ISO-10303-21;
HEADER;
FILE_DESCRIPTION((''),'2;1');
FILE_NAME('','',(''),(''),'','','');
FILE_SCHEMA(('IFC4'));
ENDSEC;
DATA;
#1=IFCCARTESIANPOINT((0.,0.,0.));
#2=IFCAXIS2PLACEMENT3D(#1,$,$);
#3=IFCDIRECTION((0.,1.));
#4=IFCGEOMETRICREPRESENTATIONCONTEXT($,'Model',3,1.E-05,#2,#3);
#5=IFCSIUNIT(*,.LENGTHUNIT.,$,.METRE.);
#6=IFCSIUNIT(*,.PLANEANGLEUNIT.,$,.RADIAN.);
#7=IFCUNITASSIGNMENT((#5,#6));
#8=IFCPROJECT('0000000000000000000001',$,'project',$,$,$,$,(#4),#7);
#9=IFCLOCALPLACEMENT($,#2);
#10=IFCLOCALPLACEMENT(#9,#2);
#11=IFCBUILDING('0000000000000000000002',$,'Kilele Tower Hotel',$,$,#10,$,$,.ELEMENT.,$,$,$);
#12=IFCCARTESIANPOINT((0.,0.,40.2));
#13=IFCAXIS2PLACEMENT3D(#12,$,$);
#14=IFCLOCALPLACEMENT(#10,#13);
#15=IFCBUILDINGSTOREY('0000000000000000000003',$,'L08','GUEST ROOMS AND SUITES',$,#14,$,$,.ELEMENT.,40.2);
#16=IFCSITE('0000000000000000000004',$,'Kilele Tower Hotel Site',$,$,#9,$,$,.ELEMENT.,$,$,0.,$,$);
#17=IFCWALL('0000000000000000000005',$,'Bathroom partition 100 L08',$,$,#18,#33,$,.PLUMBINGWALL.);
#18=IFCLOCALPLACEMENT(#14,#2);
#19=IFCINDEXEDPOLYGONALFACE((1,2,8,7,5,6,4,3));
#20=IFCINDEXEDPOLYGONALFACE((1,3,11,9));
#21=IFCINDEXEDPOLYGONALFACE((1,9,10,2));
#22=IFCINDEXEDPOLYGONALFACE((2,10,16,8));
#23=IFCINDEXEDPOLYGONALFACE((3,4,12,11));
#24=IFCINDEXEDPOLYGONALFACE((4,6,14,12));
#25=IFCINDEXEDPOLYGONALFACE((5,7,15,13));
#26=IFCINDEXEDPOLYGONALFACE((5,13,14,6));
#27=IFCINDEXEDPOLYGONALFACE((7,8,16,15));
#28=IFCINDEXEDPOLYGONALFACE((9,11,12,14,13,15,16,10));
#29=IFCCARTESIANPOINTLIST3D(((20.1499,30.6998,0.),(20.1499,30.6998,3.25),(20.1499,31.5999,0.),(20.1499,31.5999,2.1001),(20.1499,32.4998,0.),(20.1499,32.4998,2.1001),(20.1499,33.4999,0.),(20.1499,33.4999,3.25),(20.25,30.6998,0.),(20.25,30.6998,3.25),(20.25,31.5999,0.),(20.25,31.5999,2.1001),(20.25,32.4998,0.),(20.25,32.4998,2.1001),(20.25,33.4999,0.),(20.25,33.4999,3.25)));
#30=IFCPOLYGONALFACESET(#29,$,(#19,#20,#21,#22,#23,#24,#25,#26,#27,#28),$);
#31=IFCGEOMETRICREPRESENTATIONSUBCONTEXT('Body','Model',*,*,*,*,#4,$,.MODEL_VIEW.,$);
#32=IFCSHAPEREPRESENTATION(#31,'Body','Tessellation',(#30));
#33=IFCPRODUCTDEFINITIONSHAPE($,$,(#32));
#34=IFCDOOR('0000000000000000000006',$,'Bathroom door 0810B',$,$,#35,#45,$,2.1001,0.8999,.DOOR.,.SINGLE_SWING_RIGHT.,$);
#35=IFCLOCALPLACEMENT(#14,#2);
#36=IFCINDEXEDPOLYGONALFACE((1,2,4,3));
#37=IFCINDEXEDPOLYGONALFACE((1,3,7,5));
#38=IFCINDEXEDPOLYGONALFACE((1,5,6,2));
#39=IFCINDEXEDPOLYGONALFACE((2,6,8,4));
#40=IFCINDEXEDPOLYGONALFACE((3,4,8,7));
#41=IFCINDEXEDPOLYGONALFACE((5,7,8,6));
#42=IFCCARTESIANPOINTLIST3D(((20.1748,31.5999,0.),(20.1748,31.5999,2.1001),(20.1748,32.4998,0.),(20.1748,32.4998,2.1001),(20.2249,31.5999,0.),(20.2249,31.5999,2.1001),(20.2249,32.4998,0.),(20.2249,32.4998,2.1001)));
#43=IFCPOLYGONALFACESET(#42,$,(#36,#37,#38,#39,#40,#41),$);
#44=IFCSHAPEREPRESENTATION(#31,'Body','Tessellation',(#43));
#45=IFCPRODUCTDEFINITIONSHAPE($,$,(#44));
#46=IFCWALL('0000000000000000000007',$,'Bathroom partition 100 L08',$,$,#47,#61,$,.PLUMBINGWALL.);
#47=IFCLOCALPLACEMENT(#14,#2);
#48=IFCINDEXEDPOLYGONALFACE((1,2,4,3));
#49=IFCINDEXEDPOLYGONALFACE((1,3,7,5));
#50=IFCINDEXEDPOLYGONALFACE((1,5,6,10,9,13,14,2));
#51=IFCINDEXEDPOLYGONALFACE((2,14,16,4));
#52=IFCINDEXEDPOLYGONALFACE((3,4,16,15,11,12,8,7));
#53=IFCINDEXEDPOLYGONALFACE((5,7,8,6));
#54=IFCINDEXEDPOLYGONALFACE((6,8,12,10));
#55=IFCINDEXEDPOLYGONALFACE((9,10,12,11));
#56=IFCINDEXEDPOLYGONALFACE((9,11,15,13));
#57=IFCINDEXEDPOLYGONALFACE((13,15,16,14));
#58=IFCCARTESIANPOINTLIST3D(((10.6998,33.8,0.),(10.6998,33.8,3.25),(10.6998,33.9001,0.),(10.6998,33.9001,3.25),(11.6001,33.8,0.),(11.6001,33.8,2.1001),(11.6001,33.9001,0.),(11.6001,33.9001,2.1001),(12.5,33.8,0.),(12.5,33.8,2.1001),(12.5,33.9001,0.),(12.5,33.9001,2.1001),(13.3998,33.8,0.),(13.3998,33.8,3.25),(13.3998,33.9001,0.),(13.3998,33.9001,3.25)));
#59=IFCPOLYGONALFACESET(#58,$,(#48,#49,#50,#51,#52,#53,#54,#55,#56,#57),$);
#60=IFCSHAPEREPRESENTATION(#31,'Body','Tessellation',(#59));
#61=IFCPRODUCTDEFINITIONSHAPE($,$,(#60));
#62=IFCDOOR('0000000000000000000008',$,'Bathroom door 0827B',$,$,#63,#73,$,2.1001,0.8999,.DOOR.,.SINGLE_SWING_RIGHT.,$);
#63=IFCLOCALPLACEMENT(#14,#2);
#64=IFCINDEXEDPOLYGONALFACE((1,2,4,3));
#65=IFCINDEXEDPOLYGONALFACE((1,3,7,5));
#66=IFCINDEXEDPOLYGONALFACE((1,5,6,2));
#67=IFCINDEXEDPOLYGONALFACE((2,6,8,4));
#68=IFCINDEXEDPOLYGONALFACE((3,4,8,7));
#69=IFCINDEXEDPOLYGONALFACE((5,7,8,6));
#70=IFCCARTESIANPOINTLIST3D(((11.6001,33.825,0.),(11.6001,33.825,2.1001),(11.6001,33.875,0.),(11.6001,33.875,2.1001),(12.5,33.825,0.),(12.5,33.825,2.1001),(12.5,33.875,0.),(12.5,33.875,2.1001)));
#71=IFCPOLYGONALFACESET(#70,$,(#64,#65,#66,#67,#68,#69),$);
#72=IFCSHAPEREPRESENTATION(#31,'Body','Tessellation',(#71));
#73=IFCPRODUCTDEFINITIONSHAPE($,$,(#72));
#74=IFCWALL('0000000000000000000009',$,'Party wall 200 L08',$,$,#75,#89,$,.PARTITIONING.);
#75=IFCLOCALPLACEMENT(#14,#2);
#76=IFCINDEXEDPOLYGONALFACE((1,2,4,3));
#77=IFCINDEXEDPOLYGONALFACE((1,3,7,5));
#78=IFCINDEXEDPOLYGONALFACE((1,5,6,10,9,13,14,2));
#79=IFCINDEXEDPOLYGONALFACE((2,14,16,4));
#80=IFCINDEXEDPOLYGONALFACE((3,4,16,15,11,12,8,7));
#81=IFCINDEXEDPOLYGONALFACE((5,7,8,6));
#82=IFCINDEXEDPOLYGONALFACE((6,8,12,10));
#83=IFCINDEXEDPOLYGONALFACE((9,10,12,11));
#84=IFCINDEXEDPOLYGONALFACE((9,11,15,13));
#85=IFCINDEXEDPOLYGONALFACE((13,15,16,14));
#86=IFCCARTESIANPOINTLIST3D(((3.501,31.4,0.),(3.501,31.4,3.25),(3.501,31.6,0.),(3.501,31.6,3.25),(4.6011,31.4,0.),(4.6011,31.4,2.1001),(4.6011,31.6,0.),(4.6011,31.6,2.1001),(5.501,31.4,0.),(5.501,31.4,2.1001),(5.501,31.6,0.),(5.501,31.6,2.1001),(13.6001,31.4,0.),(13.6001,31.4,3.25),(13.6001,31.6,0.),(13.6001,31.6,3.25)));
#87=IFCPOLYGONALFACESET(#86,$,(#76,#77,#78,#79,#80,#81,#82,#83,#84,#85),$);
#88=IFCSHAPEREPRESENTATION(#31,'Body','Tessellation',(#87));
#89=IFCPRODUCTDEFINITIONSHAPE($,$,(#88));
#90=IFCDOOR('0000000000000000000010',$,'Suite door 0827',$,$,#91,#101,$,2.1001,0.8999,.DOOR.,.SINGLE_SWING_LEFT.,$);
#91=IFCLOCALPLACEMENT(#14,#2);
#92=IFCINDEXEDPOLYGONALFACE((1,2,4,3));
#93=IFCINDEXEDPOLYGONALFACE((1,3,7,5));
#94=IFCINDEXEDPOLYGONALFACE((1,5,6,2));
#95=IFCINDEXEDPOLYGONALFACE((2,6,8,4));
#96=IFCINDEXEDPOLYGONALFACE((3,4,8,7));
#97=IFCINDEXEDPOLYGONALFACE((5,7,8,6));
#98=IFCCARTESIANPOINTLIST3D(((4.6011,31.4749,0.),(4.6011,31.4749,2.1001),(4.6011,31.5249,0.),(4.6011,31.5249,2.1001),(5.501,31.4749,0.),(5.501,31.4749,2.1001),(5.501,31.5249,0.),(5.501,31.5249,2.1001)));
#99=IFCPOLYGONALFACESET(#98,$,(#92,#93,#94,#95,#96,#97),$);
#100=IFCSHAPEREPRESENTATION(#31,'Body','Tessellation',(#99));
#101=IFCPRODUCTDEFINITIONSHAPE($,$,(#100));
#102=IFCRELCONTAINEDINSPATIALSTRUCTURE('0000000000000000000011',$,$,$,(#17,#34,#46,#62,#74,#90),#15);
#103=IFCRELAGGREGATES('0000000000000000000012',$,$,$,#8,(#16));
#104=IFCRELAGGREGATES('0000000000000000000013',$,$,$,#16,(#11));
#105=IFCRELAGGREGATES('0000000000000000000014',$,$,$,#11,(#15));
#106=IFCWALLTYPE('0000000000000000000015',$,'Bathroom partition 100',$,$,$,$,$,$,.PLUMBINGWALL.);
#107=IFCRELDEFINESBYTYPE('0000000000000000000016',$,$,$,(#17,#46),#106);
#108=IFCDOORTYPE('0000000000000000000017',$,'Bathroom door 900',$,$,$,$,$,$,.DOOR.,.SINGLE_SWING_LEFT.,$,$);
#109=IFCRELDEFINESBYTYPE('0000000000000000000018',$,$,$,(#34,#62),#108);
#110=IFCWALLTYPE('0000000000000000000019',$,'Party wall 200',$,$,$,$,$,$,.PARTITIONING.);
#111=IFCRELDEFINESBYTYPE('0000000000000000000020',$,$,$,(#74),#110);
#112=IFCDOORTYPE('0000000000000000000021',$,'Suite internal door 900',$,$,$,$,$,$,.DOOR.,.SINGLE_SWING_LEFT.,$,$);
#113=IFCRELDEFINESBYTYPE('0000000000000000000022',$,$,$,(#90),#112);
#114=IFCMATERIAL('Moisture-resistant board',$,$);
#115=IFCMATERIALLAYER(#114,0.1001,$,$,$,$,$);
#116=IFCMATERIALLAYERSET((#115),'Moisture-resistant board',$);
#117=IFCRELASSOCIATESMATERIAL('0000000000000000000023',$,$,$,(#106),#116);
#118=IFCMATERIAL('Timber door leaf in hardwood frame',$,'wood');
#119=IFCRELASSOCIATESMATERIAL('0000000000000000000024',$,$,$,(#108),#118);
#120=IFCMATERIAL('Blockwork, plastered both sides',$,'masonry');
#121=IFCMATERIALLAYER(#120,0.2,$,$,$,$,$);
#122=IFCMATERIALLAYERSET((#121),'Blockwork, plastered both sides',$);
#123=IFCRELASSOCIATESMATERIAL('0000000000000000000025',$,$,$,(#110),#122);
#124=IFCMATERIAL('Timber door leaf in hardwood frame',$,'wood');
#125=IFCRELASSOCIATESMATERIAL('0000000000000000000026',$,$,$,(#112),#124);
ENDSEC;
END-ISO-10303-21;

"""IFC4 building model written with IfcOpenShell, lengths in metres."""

from ifc_helpers import new_model, si_unit, direction, frame, frame_2d, origin, place, context, subcontext, project, spatial, rectangle, extrude, material, layer, layer_set, type_object, element, fill, save


model = new_model("IFC4")

# Units and contexts
model_context = context("Model", 3, precision=1e-05, world=origin(), true_north=direction((0.0, 1.0)))
body_context = subcontext(model_context, "Body", "Model", "MODEL_VIEW")
ifc_project = project(units=[si_unit("LENGTHUNIT", "METRE"), si_unit("PLANEANGLEUNIT", "RADIAN")], contexts=[model_context])

# Site, building, storey
site_placement = place(None, origin())
site = spatial("IfcSite", under=ifc_project, at=site_placement, Name="Kilele Tower Hotel Site", CompositionType="ELEMENT", RefElevation=0.0)
building_placement = place(site_placement, origin())
building = spatial("IfcBuilding", under=site, at=building_placement, Name="Kilele Tower Hotel", CompositionType="ELEMENT")
storey_placement = place(building_placement, frame((0.0, 0.0, 40.2)))
storey = spatial("IfcBuildingStorey", under=building, at=storey_placement, Name="L08", Description="GUEST ROOMS AND SUITES", CompositionType="ELEMENT", Elevation=40.2)

# Shared definitions
ifc_material_1 = material(Name="Moisture-resistant board")
ifc_layer_1 = layer(ifc_material_1, 0.1001)
ifc_layer_set_1 = layer_set([ifc_layer_1], Name="Moisture-resistant board")
wall_type_1 = type_object("IfcWallType", Name="Bathroom partition 100", PredefinedType="PLUMBINGWALL", material=ifc_layer_set_1)

# Shared definitions
ifc_material_2 = material(Name="Timber door leaf in hardwood frame", Category="wood")
door_type_1 = type_object("IfcDoorType", Name="Bathroom door 900", OperationType="SINGLE_SWING_LEFT", PredefinedType="DOOR", material=ifc_material_2)

# Walls, openings, doors
wall_1_placement = place(storey_placement, frame((20.2, 30.7, 0.0), z_axis=(0.0, 0.0, 1.0), x_axis=(0.0, 1.0, 0.0)))
wall_1 = element("IfcWall", 1, at=wall_1_placement, inside=storey, type_object=wall_type_1, Name="Bathroom partition 100 L08", PredefinedType="PLUMBINGWALL", context=body_context, shape_type="SweptSolid", body=[
    extrude(rectangle(XDim=2.8, YDim=0.1001, at=frame_2d((1.3999, 0.0))), origin(), (0.0, 0.0, 1.0), 3.25),
])
opening_1_placement = place(wall_1_placement, frame((1.7998, 0.0, 0.0), z_axis=(0.0, 0.0, 1.0), x_axis=(-1.0, 0.0, 0.0)))
opening_1 = element("IfcOpeningElement", 2, at=opening_1_placement, cuts=wall_1, PredefinedType="OPENING", context=body_context, shape_type="SweptSolid", body=[
    extrude(rectangle(XDim=0.8999, YDim=2.1001, at=frame_2d((0.45, 1.05))), frame((0.0, 0.0601, 0.0), z_axis=(0.0, -1.0, 0.0), x_axis=(1.0, 0.0, 0.0)), (0.0, 0.0, 1.0), 0.1201),
])
door_1_placement = place(opening_1_placement, origin())
door_1 = element("IfcDoor", 3, at=door_1_placement, inside=storey, type_object=door_type_1, Name="Bathroom door 0810B", OperationType="SINGLE_SWING_RIGHT", OverallHeight=2.1001, OverallWidth=0.8999, PredefinedType="DOOR", context=body_context, shape_type="SweptSolid", body=[
    extrude(rectangle(XDim=0.8999, YDim=2.1001, at=frame_2d((0.45, 1.05))), frame((0.0, 0.0249, 0.0), z_axis=(0.0, -1.0, 0.0), x_axis=(1.0, 0.0, 0.0)), (0.0, 0.0, 1.0), 0.05),
])
fill(opening_1, door_1)
wall_2_placement = place(storey_placement, frame((13.3999, 33.8501, 0.0), z_axis=(0.0, 0.0, 1.0), x_axis=(-1.0, 0.0, 0.0)))
wall_2 = element("IfcWall", 4, at=wall_2_placement, inside=storey, type_object=wall_type_1, Name="Bathroom partition 100 L08", PredefinedType="PLUMBINGWALL", context=body_context, shape_type="SweptSolid", body=[
    extrude(rectangle(XDim=2.7, YDim=0.1001, at=frame_2d((1.3501, 0.0))), origin(), (0.0, 0.0, 1.0), 3.25),
])
opening_2_placement = place(wall_2_placement, frame((1.7998, 0.0, 0.0), z_axis=(0.0, 0.0, 1.0), x_axis=(-1.0, 0.0, 0.0)))
opening_2 = element("IfcOpeningElement", 5, at=opening_2_placement, cuts=wall_2, PredefinedType="OPENING", context=body_context, shape_type="SweptSolid", body=[
    extrude(rectangle(XDim=0.8999, YDim=2.1001, at=frame_2d((0.45, 1.05))), frame((0.0, 0.0601, 0.0), z_axis=(0.0, -1.0, 0.0), x_axis=(1.0, 0.0, 0.0)), (0.0, 0.0, 1.0), 0.1201),
])
door_2_placement = place(opening_2_placement, origin())
door_2 = element("IfcDoor", 6, at=door_2_placement, inside=storey, type_object=door_type_1, Name="Bathroom door 0827B", OperationType="SINGLE_SWING_RIGHT", OverallHeight=2.1001, OverallWidth=0.8999, PredefinedType="DOOR", context=body_context, shape_type="SweptSolid", body=[
    extrude(rectangle(XDim=0.8999, YDim=2.1001, at=frame_2d((0.45, 1.05))), frame((0.0, 0.0249, 0.0), z_axis=(0.0, -1.0, 0.0), x_axis=(1.0, 0.0, 0.0)), (0.0, 0.0, 1.0), 0.05),
])
fill(opening_2, door_2)
ifc_material_3 = material(Name="Blockwork, plastered both sides", Category="masonry")
ifc_layer_2 = layer(ifc_material_3, 0.2)
ifc_layer_set_2 = layer_set([ifc_layer_2], Name="Blockwork, plastered both sides")
wall_type_2 = type_object("IfcWallType", Name="Party wall 200", PredefinedType="PARTITIONING", material=ifc_layer_set_2)
wall_3_placement = place(storey_placement, frame((13.6001, 31.5, 0.0), z_axis=(0.0, 0.0, 1.0), x_axis=(-1.0, 0.0, 0.0)))
wall_3 = element("IfcWall", 7, at=wall_3_placement, inside=storey, type_object=wall_type_2, Name="Party wall 200 L08", PredefinedType="PARTITIONING", context=body_context, shape_type="SweptSolid", body=[
    extrude(rectangle(XDim=10.0991, YDim=0.2, at=frame_2d((5.0496, 0.0))), origin(), (0.0, 0.0, 1.0), 3.25),
])
opening_3_placement = place(wall_3_placement, frame((8.999, 0.0, 0.0), z_axis=(0.0, 0.0, 1.0), x_axis=(-1.0, 0.0, 0.0)))
opening_3 = element("IfcOpeningElement", 8, at=opening_3_placement, cuts=wall_3, PredefinedType="OPENING", context=body_context, shape_type="SweptSolid", body=[
    extrude(rectangle(XDim=0.8999, YDim=2.1001, at=frame_2d((0.45, 1.05))), frame((0.0, 0.1099, 0.0), z_axis=(0.0, -1.0, 0.0), x_axis=(1.0, 0.0, 0.0)), (0.0, 0.0, 1.0), 0.22),
])
ifc_material_4 = material(Name="Timber door leaf in hardwood frame", Category="wood")
door_type_2 = type_object("IfcDoorType", Name="Suite internal door 900", OperationType="SINGLE_SWING_LEFT", PredefinedType="DOOR", material=ifc_material_4)
door_3_placement = place(opening_3_placement, origin())
door_3 = element("IfcDoor", 9, at=door_3_placement, inside=storey, type_object=door_type_2, Name="Suite door 0827", OperationType="SINGLE_SWING_LEFT", OverallHeight=2.1001, OverallWidth=0.8999, PredefinedType="DOOR", context=body_context, shape_type="SweptSolid", body=[
    extrude(rectangle(XDim=0.8999, YDim=2.1001, at=frame_2d((0.45, 1.05))), frame((0.0, 0.0249, 0.0), z_axis=(0.0, -1.0, 0.0), x_axis=(1.0, 0.0, 0.0)), (0.0, 0.0, 1.0), 0.05),
])
fill(opening_3, door_3)

save(model, "model.ifc")
